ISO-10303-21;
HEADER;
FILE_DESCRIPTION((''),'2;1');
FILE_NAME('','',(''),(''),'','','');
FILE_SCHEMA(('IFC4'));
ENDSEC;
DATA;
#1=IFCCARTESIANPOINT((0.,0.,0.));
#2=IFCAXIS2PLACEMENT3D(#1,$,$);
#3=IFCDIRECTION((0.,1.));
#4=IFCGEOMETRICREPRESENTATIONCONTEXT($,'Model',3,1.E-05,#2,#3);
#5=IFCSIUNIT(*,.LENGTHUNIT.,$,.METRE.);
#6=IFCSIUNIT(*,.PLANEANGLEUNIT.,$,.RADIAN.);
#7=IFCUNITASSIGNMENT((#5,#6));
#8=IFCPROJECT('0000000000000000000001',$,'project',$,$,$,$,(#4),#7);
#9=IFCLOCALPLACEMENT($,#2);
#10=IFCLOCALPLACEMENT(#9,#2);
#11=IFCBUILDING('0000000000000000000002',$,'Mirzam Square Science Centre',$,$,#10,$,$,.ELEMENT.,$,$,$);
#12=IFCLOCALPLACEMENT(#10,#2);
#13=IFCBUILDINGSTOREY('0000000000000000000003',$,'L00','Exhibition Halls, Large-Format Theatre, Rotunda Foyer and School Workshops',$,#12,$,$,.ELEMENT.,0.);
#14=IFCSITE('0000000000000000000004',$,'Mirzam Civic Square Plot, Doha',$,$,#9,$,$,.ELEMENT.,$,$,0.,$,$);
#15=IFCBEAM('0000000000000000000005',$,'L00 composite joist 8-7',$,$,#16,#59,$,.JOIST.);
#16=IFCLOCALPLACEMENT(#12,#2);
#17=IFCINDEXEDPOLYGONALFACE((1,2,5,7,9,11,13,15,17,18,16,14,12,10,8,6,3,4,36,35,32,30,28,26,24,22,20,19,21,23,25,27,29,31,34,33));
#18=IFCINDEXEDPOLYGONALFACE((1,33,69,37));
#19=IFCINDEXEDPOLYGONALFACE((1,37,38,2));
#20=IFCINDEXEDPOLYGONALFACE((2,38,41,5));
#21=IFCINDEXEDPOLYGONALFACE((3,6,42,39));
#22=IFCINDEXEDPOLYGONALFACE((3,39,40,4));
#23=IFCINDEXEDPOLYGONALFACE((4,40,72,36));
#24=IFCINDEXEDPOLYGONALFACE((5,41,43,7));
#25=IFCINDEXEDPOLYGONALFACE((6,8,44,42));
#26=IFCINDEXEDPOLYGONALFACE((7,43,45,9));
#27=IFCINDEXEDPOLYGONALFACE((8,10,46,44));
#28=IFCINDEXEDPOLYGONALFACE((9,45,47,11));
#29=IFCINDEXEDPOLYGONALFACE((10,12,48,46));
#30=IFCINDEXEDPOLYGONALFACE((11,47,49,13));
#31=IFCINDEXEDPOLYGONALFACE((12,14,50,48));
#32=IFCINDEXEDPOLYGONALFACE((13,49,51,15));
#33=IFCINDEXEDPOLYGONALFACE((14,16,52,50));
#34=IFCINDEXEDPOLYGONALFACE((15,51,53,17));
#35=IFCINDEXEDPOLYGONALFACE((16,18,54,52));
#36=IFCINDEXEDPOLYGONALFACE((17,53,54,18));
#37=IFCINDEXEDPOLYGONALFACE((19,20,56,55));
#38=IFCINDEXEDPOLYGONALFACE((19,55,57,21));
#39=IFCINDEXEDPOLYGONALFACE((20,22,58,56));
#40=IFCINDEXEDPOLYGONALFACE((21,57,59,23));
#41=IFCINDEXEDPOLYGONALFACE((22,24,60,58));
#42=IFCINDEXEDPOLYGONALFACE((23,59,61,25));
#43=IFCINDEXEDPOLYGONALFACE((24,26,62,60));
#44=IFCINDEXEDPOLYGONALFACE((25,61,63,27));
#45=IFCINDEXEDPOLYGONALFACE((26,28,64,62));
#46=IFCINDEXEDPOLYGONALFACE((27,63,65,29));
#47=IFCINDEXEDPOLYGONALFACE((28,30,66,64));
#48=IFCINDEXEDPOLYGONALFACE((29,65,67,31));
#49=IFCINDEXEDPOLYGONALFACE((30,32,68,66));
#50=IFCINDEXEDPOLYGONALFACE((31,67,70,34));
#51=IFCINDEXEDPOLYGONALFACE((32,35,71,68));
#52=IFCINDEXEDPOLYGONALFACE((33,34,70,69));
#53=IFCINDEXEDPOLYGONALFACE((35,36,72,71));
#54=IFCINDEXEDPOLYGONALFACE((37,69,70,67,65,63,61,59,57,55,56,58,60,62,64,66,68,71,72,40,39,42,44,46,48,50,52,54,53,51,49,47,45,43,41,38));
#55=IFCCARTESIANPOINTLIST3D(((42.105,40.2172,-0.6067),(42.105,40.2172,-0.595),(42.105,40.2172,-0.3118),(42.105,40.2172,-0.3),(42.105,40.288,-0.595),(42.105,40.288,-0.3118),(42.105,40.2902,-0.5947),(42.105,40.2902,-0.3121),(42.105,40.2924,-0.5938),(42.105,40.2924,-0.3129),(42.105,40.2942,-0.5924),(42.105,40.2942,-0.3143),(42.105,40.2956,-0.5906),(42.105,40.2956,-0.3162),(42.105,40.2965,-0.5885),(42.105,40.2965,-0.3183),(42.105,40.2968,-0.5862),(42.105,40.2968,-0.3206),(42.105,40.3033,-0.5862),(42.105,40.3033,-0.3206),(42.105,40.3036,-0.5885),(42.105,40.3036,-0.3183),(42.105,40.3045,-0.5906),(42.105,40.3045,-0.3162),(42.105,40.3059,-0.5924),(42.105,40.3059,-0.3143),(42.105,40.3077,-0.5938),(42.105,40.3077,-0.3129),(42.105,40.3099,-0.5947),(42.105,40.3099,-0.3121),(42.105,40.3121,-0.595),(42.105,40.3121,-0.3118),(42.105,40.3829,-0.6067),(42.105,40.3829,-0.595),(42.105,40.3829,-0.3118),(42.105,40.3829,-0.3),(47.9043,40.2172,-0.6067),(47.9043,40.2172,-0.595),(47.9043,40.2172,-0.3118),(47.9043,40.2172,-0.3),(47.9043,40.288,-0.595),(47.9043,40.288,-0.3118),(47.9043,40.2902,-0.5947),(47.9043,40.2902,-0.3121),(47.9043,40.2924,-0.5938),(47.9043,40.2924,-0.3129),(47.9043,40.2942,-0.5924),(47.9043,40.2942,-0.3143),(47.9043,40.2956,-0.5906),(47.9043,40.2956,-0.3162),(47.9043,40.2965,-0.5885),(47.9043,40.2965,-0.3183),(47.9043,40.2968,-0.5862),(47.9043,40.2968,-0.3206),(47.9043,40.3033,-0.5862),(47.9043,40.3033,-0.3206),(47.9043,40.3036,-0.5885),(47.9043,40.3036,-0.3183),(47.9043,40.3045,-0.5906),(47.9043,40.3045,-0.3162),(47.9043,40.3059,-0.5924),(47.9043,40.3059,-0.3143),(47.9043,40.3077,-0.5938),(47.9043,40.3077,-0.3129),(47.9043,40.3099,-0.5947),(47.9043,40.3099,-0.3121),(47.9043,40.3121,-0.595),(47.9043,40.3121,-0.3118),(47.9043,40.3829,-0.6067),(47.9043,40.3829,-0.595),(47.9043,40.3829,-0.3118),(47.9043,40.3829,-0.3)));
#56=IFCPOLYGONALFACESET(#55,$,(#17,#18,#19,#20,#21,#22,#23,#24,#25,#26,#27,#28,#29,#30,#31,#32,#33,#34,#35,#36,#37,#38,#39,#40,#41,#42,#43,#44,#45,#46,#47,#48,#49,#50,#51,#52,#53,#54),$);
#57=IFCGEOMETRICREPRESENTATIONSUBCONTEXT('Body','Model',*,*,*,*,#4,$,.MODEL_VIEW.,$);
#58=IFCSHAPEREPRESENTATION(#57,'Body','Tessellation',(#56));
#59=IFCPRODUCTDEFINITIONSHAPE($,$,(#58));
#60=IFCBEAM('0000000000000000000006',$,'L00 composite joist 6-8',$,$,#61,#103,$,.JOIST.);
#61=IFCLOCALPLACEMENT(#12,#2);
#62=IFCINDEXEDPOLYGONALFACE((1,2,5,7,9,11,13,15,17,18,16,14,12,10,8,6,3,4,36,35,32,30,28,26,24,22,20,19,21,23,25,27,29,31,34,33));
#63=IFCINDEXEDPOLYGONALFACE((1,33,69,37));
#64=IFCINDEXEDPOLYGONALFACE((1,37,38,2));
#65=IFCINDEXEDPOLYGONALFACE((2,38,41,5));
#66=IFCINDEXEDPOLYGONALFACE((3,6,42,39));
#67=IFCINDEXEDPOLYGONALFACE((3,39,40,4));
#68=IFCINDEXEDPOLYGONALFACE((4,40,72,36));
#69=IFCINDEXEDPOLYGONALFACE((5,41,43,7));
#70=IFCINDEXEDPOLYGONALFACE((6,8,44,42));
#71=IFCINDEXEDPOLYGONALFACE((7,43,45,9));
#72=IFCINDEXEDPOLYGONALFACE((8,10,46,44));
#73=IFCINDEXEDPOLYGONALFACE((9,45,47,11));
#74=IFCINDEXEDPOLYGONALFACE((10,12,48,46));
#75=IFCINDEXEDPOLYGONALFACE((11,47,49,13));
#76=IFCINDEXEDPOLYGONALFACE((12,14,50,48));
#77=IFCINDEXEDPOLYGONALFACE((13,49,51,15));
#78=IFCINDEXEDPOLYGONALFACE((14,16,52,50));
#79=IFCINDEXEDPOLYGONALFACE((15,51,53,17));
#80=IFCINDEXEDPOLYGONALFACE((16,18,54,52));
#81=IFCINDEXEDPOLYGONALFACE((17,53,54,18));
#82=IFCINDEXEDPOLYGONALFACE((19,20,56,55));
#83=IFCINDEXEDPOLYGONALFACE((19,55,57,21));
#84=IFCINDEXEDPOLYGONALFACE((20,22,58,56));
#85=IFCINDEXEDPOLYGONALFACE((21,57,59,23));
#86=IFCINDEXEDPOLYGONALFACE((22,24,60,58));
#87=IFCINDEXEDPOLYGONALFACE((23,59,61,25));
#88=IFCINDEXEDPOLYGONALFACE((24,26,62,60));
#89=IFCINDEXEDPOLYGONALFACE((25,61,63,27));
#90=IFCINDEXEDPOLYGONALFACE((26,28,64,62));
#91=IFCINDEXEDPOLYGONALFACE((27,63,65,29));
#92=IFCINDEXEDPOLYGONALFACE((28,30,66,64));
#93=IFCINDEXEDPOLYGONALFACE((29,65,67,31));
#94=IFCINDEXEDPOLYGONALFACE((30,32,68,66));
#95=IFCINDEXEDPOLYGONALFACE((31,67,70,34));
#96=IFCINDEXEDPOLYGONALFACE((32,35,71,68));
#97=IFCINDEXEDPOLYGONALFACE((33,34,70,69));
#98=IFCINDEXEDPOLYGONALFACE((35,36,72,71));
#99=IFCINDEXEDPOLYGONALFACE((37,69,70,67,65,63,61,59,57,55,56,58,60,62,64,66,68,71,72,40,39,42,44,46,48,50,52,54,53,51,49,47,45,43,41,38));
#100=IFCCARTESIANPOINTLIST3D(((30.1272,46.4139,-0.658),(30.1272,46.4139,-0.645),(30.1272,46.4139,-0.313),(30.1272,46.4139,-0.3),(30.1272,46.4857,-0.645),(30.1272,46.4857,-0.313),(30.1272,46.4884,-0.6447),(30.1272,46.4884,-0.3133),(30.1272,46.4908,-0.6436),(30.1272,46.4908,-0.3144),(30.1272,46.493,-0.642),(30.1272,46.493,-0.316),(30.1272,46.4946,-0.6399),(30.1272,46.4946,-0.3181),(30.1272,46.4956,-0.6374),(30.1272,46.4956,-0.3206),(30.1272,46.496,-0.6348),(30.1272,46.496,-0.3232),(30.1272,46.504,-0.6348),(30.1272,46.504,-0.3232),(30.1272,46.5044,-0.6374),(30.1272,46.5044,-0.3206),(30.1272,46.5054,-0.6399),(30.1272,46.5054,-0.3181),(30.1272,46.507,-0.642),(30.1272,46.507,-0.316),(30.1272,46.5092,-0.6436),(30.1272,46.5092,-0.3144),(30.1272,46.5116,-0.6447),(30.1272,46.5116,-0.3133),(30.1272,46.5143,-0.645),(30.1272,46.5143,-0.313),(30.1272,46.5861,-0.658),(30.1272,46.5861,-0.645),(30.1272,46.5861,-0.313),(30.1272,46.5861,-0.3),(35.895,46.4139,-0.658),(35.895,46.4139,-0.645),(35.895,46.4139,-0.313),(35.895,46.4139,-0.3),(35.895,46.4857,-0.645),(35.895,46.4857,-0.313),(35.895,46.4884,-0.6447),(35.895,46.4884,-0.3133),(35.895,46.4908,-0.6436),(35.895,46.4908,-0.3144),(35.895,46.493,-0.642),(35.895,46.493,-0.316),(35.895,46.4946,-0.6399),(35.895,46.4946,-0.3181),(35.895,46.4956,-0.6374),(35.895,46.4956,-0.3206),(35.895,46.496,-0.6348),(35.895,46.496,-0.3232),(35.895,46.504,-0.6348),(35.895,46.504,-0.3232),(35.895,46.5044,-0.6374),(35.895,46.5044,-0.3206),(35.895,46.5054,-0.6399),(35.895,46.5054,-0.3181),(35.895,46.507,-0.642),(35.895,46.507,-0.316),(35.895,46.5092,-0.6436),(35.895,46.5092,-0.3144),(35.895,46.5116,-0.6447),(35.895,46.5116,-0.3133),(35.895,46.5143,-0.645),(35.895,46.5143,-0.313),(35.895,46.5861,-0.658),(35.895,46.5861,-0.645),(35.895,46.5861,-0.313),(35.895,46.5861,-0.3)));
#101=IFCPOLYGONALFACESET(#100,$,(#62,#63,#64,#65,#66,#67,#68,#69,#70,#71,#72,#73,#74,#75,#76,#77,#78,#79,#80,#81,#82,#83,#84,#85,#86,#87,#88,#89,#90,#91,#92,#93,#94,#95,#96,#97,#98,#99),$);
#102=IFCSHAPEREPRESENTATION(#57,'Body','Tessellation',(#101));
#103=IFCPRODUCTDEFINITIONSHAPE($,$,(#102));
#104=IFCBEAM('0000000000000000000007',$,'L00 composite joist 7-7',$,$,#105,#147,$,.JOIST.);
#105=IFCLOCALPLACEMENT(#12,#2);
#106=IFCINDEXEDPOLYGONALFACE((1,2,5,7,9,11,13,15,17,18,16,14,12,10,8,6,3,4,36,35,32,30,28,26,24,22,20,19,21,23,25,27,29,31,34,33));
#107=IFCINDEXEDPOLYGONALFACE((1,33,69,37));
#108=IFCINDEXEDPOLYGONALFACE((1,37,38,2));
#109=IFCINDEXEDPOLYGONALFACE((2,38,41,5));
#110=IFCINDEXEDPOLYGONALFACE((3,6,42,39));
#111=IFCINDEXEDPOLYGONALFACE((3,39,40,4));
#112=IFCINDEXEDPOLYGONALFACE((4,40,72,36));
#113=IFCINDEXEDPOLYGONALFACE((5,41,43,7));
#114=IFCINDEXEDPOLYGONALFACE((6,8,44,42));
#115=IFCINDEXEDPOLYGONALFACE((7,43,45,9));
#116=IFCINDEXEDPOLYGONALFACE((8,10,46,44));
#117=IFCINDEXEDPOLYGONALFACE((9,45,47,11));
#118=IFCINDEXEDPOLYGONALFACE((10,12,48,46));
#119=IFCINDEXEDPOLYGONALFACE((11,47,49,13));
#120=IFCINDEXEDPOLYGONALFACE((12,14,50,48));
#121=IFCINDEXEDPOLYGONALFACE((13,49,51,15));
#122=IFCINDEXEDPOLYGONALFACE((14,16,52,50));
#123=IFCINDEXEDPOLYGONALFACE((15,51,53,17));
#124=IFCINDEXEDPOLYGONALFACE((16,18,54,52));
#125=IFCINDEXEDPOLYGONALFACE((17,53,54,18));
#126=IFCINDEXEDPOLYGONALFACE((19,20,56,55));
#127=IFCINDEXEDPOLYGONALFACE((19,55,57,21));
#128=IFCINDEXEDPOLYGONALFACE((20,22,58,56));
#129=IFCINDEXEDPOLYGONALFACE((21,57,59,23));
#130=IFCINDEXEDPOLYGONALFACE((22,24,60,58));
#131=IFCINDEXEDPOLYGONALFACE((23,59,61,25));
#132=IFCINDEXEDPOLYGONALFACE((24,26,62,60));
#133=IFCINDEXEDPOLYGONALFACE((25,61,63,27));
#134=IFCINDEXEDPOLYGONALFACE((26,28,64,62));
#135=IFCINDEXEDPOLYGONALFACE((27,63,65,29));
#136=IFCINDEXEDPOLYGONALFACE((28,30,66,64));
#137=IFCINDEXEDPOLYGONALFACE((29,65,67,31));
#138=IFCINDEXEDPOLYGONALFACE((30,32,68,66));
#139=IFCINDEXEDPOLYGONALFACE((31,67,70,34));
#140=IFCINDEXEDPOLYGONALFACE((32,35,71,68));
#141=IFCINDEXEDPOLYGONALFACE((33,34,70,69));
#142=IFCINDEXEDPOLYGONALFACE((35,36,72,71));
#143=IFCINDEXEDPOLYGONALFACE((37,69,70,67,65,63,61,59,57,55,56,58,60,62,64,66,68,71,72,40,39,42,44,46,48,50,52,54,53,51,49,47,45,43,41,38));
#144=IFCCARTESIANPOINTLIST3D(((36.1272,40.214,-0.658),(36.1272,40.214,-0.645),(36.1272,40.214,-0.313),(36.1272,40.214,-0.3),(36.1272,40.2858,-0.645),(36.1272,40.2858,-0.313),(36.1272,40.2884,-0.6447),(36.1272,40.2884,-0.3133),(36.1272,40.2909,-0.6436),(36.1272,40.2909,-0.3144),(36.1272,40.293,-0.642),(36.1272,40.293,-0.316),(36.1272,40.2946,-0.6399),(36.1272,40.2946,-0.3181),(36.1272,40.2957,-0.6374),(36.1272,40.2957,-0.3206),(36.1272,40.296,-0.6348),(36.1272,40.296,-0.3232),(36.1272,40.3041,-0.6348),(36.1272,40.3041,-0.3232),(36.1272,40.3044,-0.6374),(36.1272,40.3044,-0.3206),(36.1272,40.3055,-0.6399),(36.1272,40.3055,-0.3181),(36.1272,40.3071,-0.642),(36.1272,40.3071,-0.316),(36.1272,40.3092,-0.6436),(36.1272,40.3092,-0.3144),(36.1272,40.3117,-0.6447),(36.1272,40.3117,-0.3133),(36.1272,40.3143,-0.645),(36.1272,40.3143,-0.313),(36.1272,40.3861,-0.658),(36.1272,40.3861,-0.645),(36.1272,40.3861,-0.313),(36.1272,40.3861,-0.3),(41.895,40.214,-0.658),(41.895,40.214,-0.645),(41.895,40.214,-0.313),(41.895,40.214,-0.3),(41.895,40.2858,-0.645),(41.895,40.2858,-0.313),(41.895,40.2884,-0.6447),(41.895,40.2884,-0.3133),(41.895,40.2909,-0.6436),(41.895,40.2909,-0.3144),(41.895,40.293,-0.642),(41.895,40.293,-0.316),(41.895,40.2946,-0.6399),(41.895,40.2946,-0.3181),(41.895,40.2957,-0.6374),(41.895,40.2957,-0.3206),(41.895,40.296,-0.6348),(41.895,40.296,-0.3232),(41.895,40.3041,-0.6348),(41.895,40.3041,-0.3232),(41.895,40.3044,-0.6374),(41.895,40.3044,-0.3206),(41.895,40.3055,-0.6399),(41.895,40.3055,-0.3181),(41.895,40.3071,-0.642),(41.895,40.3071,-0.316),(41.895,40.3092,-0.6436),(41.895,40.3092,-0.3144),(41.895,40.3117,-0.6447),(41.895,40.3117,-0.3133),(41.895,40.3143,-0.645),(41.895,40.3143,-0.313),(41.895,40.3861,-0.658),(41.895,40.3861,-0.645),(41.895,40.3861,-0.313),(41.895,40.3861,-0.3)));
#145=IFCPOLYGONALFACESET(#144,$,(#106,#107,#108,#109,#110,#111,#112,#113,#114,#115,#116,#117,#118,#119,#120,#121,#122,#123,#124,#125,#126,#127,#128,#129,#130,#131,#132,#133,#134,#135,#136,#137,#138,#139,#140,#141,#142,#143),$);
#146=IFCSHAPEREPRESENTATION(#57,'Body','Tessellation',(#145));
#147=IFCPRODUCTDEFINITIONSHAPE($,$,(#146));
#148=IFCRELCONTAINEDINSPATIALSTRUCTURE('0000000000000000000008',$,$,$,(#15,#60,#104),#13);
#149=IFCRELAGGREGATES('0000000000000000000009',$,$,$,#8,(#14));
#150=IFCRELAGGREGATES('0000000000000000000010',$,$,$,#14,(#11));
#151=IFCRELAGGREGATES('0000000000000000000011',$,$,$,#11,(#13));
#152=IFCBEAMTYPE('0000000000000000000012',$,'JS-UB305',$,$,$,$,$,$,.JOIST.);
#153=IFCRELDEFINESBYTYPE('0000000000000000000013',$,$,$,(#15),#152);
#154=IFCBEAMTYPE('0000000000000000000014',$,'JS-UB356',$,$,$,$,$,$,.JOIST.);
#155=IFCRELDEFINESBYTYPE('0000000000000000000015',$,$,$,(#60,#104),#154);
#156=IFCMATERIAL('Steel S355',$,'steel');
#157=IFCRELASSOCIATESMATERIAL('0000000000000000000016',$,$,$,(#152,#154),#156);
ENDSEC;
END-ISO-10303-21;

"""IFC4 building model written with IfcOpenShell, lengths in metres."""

from ifc_helpers import new_model, si_unit, direction, frame, origin, origin_2d, place, context, subcontext, project, spatial, i_section, extrude, material, material_profile, profile_set, type_object, element, save


model = new_model("IFC4")

# Units and contexts
model_context = context("Model", 3, precision=1e-05, world=origin(), true_north=direction((0.0, 1.0)))
body_context = subcontext(model_context, "Body", "Model", "MODEL_VIEW")
ifc_project = project(units=[si_unit("LENGTHUNIT", "METRE"), si_unit("PLANEANGLEUNIT", "RADIAN")], contexts=[model_context])

# Site, building, storey
site_placement = place(None, origin())
site = spatial("IfcSite", under=ifc_project, at=site_placement, Name="Mirzam Civic Square Plot, Doha", CompositionType="ELEMENT", RefElevation=0.0)
building_placement = place(site_placement, origin())
building = spatial("IfcBuilding", under=site, at=building_placement, Name="Mirzam Square Science Centre", CompositionType="ELEMENT")
storey_placement = place(building_placement, origin())
storey = spatial("IfcBuildingStorey", under=building, at=storey_placement, Name="L00", Description="Exhibition Halls, Large-Format Theatre, Rotunda Foyer and School Workshops", CompositionType="ELEMENT", Elevation=0.0)

# Shared definitions
ifc_material_1 = material(Name="Steel S355", Category="steel")

# Beams
ifc_material_profile_1 = material_profile(ifc_material_1, i_section(OverallWidth=0.1658, OverallDepth=0.3066, WebThickness=0.0066, FlangeThickness=0.0117, FilletRadius=0.0088, at=origin_2d()), Name="305x165x46UB")
ifc_profile_set_1 = profile_set([ifc_material_profile_1], Name="Steel S355")
beam_type_1 = type_object("IfcBeamType", Name="JS-UB305", PredefinedType="JOIST", material=ifc_profile_set_1)
for number, where, z_axis, x_axis, name in (
    (1, (42.105, 40.3, -0.4534), (1.0, 0.0, 0.0), (0.0, 1.0, 0.0), "L00 composite joist 8-7"),
):
    element("IfcBeam", number, at=place(storey_placement, frame(where, z_axis=z_axis, x_axis=x_axis)), inside=storey, type_object=beam_type_1, Name=name, PredefinedType="JOIST", context=body_context, shape_type="SweptSolid", body=[
        extrude(i_section(OverallWidth=0.1658, OverallDepth=0.3066, WebThickness=0.0066, FlangeThickness=0.0117, FilletRadius=0.0088, at=origin_2d()), origin(), (0.0, 0.0, 1.0), 5.7993),
    ])
ifc_material_profile_2 = material_profile(ifc_material_1, i_section(OverallWidth=0.1721, OverallDepth=0.3579, WebThickness=0.0081, FlangeThickness=0.0129, FilletRadius=0.0103, at=origin_2d()), Name="356x171x57UB")
ifc_profile_set_2 = profile_set([ifc_material_profile_2], Name="Steel S355")
beam_type_2 = type_object("IfcBeamType", Name="JS-UB356", PredefinedType="JOIST", material=ifc_profile_set_2)
for number, where, z_axis, x_axis, name in (
    (2, (30.1272, 46.5, -0.479), (1.0, 0.0, 0.0), (0.0, 1.0, 0.0), "L00 composite joist 6-8"),
    (3, (36.1272, 40.3, -0.479), (1.0, 0.0, 0.0), (0.0, 1.0, 0.0), "L00 composite joist 7-7"),
):
    element("IfcBeam", number, at=place(storey_placement, frame(where, z_axis=z_axis, x_axis=x_axis)), inside=storey, type_object=beam_type_2, Name=name, PredefinedType="JOIST", context=body_context, shape_type="SweptSolid", body=[
        extrude(i_section(OverallWidth=0.1721, OverallDepth=0.3579, WebThickness=0.0081, FlangeThickness=0.0129, FilletRadius=0.0103, at=origin_2d()), origin(), (0.0, 0.0, 1.0), 5.7678),
    ])

save(model, "model.ifc")
